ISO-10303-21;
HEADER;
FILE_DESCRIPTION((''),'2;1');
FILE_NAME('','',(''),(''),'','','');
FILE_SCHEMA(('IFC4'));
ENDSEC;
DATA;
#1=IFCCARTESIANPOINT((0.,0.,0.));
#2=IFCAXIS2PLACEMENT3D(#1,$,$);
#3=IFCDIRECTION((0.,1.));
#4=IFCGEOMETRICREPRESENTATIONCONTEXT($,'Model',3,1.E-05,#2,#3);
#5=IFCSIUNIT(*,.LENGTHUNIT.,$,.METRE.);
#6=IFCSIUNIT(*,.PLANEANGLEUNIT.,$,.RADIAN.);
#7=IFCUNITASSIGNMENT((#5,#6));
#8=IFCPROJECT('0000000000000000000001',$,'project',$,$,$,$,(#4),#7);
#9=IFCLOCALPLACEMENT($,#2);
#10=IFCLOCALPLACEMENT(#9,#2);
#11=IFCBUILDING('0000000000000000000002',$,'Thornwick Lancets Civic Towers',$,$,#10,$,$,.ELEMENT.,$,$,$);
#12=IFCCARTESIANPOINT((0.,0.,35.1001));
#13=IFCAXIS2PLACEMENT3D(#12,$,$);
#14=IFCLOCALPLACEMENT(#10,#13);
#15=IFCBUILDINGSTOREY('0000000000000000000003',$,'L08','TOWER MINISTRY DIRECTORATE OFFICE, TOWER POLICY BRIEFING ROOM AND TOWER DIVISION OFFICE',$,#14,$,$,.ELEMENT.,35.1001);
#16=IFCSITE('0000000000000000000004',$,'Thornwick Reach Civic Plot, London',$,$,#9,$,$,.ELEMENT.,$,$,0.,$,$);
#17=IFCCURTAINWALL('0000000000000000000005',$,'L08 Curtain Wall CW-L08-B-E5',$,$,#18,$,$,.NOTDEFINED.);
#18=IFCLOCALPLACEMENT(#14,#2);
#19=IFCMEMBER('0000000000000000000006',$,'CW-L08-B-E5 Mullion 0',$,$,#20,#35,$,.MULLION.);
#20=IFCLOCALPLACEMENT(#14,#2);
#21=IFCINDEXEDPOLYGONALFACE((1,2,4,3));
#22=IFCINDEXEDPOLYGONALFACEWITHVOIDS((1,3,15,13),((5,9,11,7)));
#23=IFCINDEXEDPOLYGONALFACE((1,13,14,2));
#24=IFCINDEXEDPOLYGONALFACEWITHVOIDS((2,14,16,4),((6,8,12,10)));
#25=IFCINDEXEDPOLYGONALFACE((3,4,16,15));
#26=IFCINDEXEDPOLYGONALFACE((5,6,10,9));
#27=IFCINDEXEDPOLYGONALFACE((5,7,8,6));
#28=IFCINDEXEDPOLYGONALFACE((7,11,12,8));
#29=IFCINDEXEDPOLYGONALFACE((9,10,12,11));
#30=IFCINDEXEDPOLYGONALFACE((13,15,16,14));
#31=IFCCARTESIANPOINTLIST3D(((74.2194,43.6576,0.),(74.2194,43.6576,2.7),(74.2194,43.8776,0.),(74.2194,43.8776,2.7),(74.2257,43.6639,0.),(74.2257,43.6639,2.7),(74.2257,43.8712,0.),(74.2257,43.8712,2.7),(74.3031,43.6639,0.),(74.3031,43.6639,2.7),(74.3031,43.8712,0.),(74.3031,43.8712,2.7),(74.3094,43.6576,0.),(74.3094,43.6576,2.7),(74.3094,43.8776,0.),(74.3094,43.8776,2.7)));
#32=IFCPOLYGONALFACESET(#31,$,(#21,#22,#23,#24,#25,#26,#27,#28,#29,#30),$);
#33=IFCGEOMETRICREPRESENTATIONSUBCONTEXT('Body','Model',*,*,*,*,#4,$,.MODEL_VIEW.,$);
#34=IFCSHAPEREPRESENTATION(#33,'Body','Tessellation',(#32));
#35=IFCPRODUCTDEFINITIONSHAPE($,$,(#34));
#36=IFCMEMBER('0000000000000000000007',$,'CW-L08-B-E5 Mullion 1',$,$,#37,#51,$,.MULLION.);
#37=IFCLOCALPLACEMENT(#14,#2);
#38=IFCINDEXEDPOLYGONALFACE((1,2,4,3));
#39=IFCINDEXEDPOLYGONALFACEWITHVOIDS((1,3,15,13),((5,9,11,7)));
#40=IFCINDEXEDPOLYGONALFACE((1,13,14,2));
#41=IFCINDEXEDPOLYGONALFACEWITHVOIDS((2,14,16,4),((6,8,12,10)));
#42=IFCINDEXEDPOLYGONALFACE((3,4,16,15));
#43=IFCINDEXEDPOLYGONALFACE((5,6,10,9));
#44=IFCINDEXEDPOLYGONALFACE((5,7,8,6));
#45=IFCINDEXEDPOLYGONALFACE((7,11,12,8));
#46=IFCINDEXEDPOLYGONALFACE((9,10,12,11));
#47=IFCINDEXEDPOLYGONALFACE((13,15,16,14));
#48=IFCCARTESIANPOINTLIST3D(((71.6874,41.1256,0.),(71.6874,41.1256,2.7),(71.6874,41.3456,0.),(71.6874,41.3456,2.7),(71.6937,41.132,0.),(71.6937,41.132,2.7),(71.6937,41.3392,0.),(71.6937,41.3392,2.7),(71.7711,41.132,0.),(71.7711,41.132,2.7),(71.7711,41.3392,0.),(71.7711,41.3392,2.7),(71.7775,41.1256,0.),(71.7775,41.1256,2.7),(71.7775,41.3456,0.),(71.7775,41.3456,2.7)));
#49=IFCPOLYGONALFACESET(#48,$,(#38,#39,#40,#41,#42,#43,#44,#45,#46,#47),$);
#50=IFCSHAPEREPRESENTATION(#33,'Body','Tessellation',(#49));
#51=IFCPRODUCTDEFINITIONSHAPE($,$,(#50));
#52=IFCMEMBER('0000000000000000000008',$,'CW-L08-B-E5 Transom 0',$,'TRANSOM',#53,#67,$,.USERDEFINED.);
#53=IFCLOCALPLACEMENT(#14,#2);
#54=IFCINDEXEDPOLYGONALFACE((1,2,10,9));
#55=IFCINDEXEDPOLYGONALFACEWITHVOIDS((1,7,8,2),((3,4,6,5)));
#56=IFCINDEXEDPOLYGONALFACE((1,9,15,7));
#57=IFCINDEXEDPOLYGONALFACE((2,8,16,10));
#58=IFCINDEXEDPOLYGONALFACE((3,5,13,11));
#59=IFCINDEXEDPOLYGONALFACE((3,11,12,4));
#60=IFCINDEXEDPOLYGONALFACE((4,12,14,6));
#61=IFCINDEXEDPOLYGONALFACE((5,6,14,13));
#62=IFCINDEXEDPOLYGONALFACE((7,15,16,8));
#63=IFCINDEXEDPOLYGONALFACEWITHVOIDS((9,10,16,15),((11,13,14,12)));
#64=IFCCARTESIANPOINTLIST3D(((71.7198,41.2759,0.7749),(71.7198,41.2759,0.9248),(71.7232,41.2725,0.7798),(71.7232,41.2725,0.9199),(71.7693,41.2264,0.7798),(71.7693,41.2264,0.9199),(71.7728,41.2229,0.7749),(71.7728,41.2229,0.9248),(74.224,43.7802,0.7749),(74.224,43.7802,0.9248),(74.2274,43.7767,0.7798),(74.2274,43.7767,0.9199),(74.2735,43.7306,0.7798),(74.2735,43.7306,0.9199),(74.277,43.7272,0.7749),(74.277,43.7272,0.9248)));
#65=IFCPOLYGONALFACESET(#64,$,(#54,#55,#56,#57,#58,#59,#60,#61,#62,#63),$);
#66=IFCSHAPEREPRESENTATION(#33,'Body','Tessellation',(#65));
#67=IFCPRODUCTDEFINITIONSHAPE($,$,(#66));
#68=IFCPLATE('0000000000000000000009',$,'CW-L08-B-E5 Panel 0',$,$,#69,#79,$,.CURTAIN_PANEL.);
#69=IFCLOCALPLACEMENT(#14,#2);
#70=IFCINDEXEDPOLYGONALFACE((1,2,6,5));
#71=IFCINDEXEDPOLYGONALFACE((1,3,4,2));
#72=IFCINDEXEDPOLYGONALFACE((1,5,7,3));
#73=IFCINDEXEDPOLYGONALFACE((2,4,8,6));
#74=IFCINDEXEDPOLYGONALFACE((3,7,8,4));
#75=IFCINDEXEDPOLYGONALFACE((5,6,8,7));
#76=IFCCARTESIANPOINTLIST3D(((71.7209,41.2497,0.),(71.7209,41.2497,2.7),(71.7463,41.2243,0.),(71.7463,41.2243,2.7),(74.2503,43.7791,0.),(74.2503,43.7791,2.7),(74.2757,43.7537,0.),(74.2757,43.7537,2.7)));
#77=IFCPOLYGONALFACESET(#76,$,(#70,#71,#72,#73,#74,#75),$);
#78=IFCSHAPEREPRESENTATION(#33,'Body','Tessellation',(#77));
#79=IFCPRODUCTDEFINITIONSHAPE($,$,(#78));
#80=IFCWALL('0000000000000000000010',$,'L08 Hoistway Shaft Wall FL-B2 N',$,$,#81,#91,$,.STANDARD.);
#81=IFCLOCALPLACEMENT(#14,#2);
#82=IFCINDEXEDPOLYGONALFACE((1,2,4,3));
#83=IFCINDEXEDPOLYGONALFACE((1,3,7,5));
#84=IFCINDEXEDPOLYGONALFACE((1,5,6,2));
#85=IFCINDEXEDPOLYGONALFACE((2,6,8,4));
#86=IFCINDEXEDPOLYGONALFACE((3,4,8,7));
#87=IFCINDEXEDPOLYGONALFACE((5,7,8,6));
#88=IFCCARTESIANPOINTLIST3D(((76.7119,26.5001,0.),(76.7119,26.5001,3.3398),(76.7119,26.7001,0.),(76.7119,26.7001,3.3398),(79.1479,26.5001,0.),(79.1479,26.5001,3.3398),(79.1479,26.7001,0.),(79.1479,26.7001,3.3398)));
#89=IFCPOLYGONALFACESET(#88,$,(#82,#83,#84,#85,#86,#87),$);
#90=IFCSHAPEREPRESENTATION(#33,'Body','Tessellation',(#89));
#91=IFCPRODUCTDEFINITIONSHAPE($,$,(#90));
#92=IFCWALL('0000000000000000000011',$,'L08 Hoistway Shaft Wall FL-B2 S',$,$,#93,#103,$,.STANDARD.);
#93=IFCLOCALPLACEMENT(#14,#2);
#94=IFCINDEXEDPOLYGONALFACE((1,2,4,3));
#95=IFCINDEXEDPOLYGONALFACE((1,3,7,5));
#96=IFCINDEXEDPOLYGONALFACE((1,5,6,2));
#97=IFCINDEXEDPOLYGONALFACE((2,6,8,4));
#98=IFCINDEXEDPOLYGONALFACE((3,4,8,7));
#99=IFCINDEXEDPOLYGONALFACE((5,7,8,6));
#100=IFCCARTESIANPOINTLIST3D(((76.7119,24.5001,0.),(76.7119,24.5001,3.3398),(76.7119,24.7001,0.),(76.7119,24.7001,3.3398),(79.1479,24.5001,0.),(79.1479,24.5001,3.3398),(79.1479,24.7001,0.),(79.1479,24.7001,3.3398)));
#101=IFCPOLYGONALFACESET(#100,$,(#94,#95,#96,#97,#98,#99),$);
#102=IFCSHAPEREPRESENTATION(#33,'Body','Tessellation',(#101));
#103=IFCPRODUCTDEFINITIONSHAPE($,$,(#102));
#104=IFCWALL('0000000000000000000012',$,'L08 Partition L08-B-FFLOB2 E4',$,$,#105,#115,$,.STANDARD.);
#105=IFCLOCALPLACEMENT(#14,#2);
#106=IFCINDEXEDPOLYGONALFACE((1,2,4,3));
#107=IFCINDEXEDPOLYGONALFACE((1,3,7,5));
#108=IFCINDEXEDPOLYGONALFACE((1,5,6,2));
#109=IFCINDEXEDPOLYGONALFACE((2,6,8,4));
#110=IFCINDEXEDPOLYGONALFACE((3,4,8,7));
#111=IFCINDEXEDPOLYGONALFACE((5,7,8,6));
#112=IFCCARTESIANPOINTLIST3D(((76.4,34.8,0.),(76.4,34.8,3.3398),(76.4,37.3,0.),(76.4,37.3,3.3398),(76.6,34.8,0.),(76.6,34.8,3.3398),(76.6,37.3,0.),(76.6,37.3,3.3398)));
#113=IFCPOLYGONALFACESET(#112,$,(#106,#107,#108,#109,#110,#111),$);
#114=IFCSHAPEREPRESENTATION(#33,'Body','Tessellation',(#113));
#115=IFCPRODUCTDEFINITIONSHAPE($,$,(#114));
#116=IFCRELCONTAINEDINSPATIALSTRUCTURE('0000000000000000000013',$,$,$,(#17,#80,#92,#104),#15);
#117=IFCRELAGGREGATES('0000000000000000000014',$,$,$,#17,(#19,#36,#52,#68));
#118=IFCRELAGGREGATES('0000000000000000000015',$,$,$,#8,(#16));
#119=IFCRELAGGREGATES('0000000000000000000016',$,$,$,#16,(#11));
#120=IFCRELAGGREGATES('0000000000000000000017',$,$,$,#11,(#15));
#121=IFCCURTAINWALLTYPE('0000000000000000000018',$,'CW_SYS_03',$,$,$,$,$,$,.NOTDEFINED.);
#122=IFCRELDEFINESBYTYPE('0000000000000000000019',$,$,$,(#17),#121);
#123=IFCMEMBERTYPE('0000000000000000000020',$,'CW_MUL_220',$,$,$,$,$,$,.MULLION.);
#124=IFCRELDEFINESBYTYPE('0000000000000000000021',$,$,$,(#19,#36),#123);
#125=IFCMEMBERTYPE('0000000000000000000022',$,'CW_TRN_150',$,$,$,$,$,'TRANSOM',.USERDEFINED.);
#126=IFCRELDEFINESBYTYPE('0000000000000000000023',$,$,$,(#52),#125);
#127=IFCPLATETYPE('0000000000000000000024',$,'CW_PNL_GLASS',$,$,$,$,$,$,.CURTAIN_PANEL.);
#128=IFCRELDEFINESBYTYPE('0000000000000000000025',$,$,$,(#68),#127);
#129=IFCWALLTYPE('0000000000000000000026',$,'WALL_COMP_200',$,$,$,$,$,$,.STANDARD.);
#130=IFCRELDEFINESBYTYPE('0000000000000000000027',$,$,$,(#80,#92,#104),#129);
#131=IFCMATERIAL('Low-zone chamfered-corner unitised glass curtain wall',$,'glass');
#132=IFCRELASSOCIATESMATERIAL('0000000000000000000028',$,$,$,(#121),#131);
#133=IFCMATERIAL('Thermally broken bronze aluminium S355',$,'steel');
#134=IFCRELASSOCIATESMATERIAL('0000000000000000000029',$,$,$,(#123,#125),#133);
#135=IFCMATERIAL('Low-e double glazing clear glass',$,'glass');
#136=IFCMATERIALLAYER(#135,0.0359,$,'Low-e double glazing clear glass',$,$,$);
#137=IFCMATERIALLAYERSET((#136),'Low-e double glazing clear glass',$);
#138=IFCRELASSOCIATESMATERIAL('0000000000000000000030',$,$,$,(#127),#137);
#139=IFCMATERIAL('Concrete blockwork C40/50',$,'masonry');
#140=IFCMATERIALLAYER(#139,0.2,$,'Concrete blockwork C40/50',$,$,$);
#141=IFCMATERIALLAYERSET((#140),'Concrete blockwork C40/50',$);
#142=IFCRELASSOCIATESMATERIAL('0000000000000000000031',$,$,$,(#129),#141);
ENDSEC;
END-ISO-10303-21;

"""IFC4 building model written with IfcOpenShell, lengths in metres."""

from ifc_helpers import new_model, si_unit, direction, frame, frame_2d, origin, origin_2d, place, context, subcontext, project, spatial, rectangle, hollow_rectangle, extrude, material, layer, layer_set, material_profile, profile_set, type_object, element, aggregate, save


model = new_model("IFC4")

# Units and contexts
model_context = context("Model", 3, precision=1e-05, world=origin(), true_north=direction((0.0, 1.0)))
body_context = subcontext(model_context, "Body", "Model", "MODEL_VIEW")
ifc_project = project(units=[si_unit("LENGTHUNIT", "METRE"), si_unit("PLANEANGLEUNIT", "RADIAN")], contexts=[model_context])

# Site, building, storey
site_placement = place(None, origin())
site = spatial("IfcSite", under=ifc_project, at=site_placement, Name="Thornwick Reach Civic Plot, London", CompositionType="ELEMENT", RefElevation=0.0)
building_placement = place(site_placement, origin())
building = spatial("IfcBuilding", under=site, at=building_placement, Name="Thornwick Lancets Civic Towers", CompositionType="ELEMENT")
storey_placement = place(building_placement, frame((0.0, 0.0, 35.1001)))
storey = spatial("IfcBuildingStorey", under=building, at=storey_placement, Name="L08", Description="TOWER MINISTRY DIRECTORATE OFFICE, TOWER POLICY BRIEFING ROOM AND TOWER DIVISION OFFICE", CompositionType="ELEMENT", Elevation=35.1001)

# Curtain wall, members, plate
ifc_material_1 = material(Name="Low-zone chamfered-corner unitised glass curtain wall", Category="glass")
curtain_wall_type = type_object("IfcCurtainWallType", Name="CW_SYS_03", PredefinedType="NOTDEFINED", material=ifc_material_1)
curtain_wall_placement = place(storey_placement, origin())
curtain_wall = element("IfcCurtainWall", 1, at=curtain_wall_placement, inside=storey, type_object=curtain_wall_type, Name="L08 Curtain Wall CW-L08-B-E5", PredefinedType="NOTDEFINED")
ifc_material_2 = material(Name="Thermally broken bronze aluminium S355", Category="steel")
ifc_material_profile_1 = material_profile(ifc_material_2, hollow_rectangle(XDim=0.0901, YDim=0.22, WallThickness=0.0063, at=origin_2d()), Name="RHS 220x90x6.3")
ifc_profile_set_1 = profile_set([ifc_material_profile_1], Name="Thermally broken bronze aluminium S355")
member_type_1 = type_object("IfcMemberType", Name="CW_MUL_220", PredefinedType="MULLION", material=ifc_profile_set_1)
member_1_placement = place(storey_placement, frame((74.2644, 43.7676, 0.0), z_axis=(0.0, 0.0, 1.0), x_axis=(1.0, 0.0, 0.0)))
member_1 = element("IfcMember", 2, at=member_1_placement, type_object=member_type_1, Name="CW-L08-B-E5 Mullion 0", PredefinedType="MULLION", context=body_context, shape_type="SweptSolid", body=[
    extrude(hollow_rectangle(XDim=0.0901, YDim=0.22, WallThickness=0.0063, at=origin_2d()), origin(), (0.0, 0.0, 1.0), 2.7),
])
member_2_placement = place(storey_placement, frame((71.7324, 41.2356, 0.0), z_axis=(0.0, 0.0, 1.0), x_axis=(1.0, 0.0, 0.0)))
member_2 = element("IfcMember", 3, at=member_2_placement, type_object=member_type_1, Name="CW-L08-B-E5 Mullion 1", PredefinedType="MULLION", context=body_context, shape_type="SweptSolid", body=[
    extrude(hollow_rectangle(XDim=0.0901, YDim=0.22, WallThickness=0.0063, at=origin_2d()), origin(), (0.0, 0.0, 1.0), 2.7),
])
ifc_material_profile_2 = material_profile(ifc_material_2, hollow_rectangle(XDim=0.075, YDim=0.1499, WallThickness=0.0049, at=origin_2d()), Name="RHS 150x75x5")
ifc_profile_set_2 = profile_set([ifc_material_profile_2], Name="Thermally broken bronze aluminium S355")
member_type_2 = type_object("IfcMemberType", Name="CW_TRN_150", ElementType="TRANSOM", PredefinedType="USERDEFINED", material=ifc_profile_set_2)
member_3_placement = place(storey_placement, frame((74.2505, 43.7537, 0.8499), z_axis=(-0.707107, -0.707107, 0.0), x_axis=(0.707107, -0.707107, 0.0)))
member_3 = element("IfcMember", 4, at=member_3_placement, type_object=member_type_2, Name="CW-L08-B-E5 Transom 0", ObjectType="TRANSOM", PredefinedType="USERDEFINED", context=body_context, shape_type="SweptSolid", body=[
    extrude(hollow_rectangle(XDim=0.075, YDim=0.1499, WallThickness=0.0049, at=origin_2d()), origin(), (0.0, 0.0, 1.0), 3.5415),
])
ifc_material_3 = material(Name="Low-e double glazing clear glass", Category="glass")
ifc_layer_1 = layer(ifc_material_3, 0.0359, Name="Low-e double glazing clear glass")
ifc_layer_set_1 = layer_set([ifc_layer_1], Name="Low-e double glazing clear glass")
plate_type = type_object("IfcPlateType", Name="CW_PNL_GLASS", PredefinedType="CURTAIN_PANEL", material=ifc_layer_set_1)
plate_placement = place(storey_placement, frame((72.9983, 42.5017, 0.0), z_axis=(0.0, 0.0, 1.0), x_axis=(-0.707107, -0.707107, 0.0)))
plate = element("IfcPlate", 5, at=plate_placement, type_object=plate_type, Name="CW-L08-B-E5 Panel 0", PredefinedType="CURTAIN_PANEL", context=body_context, shape_type="SweptSolid", body=[
    extrude(rectangle(XDim=3.5771, YDim=0.0359, at=origin_2d()), origin(), (0.0, 0.0, 1.0), 2.7),
])
aggregate(curtain_wall, [member_1, member_2, member_3, plate])

# Walls
ifc_material_4 = material(Name="Concrete blockwork C40/50", Category="masonry")
ifc_layer_2 = layer(ifc_material_4, 0.2, Name="Concrete blockwork C40/50")
ifc_layer_set_2 = layer_set([ifc_layer_2], Name="Concrete blockwork C40/50")
wall_type_1 = type_object("IfcWallType", Name="WALL_COMP_200", PredefinedType="STANDARD", material=ifc_layer_set_2)
for number, where, z_axis, x_axis, name in (
    (6, (76.7119, 26.6001, 0.0), (0.0, 0.0, 1.0), (1.0, 0.0, 0.0), "L08 Hoistway Shaft Wall FL-B2 N"),
    (7, (76.7119, 24.6001, 0.0), (0.0, 0.0, 1.0), (1.0, 0.0, 0.0), "L08 Hoistway Shaft Wall FL-B2 S"),
):
    element("IfcWall", number, at=place(storey_placement, frame(where, z_axis=z_axis, x_axis=x_axis)), inside=storey, type_object=wall_type_1, Name=name, PredefinedType="STANDARD", context=body_context, shape_type="SweptSolid", body=[
        extrude(rectangle(XDim=2.436, YDim=0.2, at=frame_2d((1.218, 0.0))), origin(), (0.0, 0.0, 1.0), 3.3398),
    ])
wall_1_placement = place(storey_placement, frame((76.5, 37.3, 0.0), z_axis=(0.0, 0.0, 1.0), x_axis=(0.0, -1.0, 0.0)))
element("IfcWall", 8, at=wall_1_placement, inside=storey, type_object=wall_type_1, Name="L08 Partition L08-B-FFLOB2 E4", PredefinedType="STANDARD", context=body_context, shape_type="SweptSolid", body=[
    extrude(rectangle(XDim=2.5, YDim=0.2, at=frame_2d((1.25, 0.0))), origin(), (0.0, 0.0, 1.0), 3.3398),
])

save(model, "model.ifc")
